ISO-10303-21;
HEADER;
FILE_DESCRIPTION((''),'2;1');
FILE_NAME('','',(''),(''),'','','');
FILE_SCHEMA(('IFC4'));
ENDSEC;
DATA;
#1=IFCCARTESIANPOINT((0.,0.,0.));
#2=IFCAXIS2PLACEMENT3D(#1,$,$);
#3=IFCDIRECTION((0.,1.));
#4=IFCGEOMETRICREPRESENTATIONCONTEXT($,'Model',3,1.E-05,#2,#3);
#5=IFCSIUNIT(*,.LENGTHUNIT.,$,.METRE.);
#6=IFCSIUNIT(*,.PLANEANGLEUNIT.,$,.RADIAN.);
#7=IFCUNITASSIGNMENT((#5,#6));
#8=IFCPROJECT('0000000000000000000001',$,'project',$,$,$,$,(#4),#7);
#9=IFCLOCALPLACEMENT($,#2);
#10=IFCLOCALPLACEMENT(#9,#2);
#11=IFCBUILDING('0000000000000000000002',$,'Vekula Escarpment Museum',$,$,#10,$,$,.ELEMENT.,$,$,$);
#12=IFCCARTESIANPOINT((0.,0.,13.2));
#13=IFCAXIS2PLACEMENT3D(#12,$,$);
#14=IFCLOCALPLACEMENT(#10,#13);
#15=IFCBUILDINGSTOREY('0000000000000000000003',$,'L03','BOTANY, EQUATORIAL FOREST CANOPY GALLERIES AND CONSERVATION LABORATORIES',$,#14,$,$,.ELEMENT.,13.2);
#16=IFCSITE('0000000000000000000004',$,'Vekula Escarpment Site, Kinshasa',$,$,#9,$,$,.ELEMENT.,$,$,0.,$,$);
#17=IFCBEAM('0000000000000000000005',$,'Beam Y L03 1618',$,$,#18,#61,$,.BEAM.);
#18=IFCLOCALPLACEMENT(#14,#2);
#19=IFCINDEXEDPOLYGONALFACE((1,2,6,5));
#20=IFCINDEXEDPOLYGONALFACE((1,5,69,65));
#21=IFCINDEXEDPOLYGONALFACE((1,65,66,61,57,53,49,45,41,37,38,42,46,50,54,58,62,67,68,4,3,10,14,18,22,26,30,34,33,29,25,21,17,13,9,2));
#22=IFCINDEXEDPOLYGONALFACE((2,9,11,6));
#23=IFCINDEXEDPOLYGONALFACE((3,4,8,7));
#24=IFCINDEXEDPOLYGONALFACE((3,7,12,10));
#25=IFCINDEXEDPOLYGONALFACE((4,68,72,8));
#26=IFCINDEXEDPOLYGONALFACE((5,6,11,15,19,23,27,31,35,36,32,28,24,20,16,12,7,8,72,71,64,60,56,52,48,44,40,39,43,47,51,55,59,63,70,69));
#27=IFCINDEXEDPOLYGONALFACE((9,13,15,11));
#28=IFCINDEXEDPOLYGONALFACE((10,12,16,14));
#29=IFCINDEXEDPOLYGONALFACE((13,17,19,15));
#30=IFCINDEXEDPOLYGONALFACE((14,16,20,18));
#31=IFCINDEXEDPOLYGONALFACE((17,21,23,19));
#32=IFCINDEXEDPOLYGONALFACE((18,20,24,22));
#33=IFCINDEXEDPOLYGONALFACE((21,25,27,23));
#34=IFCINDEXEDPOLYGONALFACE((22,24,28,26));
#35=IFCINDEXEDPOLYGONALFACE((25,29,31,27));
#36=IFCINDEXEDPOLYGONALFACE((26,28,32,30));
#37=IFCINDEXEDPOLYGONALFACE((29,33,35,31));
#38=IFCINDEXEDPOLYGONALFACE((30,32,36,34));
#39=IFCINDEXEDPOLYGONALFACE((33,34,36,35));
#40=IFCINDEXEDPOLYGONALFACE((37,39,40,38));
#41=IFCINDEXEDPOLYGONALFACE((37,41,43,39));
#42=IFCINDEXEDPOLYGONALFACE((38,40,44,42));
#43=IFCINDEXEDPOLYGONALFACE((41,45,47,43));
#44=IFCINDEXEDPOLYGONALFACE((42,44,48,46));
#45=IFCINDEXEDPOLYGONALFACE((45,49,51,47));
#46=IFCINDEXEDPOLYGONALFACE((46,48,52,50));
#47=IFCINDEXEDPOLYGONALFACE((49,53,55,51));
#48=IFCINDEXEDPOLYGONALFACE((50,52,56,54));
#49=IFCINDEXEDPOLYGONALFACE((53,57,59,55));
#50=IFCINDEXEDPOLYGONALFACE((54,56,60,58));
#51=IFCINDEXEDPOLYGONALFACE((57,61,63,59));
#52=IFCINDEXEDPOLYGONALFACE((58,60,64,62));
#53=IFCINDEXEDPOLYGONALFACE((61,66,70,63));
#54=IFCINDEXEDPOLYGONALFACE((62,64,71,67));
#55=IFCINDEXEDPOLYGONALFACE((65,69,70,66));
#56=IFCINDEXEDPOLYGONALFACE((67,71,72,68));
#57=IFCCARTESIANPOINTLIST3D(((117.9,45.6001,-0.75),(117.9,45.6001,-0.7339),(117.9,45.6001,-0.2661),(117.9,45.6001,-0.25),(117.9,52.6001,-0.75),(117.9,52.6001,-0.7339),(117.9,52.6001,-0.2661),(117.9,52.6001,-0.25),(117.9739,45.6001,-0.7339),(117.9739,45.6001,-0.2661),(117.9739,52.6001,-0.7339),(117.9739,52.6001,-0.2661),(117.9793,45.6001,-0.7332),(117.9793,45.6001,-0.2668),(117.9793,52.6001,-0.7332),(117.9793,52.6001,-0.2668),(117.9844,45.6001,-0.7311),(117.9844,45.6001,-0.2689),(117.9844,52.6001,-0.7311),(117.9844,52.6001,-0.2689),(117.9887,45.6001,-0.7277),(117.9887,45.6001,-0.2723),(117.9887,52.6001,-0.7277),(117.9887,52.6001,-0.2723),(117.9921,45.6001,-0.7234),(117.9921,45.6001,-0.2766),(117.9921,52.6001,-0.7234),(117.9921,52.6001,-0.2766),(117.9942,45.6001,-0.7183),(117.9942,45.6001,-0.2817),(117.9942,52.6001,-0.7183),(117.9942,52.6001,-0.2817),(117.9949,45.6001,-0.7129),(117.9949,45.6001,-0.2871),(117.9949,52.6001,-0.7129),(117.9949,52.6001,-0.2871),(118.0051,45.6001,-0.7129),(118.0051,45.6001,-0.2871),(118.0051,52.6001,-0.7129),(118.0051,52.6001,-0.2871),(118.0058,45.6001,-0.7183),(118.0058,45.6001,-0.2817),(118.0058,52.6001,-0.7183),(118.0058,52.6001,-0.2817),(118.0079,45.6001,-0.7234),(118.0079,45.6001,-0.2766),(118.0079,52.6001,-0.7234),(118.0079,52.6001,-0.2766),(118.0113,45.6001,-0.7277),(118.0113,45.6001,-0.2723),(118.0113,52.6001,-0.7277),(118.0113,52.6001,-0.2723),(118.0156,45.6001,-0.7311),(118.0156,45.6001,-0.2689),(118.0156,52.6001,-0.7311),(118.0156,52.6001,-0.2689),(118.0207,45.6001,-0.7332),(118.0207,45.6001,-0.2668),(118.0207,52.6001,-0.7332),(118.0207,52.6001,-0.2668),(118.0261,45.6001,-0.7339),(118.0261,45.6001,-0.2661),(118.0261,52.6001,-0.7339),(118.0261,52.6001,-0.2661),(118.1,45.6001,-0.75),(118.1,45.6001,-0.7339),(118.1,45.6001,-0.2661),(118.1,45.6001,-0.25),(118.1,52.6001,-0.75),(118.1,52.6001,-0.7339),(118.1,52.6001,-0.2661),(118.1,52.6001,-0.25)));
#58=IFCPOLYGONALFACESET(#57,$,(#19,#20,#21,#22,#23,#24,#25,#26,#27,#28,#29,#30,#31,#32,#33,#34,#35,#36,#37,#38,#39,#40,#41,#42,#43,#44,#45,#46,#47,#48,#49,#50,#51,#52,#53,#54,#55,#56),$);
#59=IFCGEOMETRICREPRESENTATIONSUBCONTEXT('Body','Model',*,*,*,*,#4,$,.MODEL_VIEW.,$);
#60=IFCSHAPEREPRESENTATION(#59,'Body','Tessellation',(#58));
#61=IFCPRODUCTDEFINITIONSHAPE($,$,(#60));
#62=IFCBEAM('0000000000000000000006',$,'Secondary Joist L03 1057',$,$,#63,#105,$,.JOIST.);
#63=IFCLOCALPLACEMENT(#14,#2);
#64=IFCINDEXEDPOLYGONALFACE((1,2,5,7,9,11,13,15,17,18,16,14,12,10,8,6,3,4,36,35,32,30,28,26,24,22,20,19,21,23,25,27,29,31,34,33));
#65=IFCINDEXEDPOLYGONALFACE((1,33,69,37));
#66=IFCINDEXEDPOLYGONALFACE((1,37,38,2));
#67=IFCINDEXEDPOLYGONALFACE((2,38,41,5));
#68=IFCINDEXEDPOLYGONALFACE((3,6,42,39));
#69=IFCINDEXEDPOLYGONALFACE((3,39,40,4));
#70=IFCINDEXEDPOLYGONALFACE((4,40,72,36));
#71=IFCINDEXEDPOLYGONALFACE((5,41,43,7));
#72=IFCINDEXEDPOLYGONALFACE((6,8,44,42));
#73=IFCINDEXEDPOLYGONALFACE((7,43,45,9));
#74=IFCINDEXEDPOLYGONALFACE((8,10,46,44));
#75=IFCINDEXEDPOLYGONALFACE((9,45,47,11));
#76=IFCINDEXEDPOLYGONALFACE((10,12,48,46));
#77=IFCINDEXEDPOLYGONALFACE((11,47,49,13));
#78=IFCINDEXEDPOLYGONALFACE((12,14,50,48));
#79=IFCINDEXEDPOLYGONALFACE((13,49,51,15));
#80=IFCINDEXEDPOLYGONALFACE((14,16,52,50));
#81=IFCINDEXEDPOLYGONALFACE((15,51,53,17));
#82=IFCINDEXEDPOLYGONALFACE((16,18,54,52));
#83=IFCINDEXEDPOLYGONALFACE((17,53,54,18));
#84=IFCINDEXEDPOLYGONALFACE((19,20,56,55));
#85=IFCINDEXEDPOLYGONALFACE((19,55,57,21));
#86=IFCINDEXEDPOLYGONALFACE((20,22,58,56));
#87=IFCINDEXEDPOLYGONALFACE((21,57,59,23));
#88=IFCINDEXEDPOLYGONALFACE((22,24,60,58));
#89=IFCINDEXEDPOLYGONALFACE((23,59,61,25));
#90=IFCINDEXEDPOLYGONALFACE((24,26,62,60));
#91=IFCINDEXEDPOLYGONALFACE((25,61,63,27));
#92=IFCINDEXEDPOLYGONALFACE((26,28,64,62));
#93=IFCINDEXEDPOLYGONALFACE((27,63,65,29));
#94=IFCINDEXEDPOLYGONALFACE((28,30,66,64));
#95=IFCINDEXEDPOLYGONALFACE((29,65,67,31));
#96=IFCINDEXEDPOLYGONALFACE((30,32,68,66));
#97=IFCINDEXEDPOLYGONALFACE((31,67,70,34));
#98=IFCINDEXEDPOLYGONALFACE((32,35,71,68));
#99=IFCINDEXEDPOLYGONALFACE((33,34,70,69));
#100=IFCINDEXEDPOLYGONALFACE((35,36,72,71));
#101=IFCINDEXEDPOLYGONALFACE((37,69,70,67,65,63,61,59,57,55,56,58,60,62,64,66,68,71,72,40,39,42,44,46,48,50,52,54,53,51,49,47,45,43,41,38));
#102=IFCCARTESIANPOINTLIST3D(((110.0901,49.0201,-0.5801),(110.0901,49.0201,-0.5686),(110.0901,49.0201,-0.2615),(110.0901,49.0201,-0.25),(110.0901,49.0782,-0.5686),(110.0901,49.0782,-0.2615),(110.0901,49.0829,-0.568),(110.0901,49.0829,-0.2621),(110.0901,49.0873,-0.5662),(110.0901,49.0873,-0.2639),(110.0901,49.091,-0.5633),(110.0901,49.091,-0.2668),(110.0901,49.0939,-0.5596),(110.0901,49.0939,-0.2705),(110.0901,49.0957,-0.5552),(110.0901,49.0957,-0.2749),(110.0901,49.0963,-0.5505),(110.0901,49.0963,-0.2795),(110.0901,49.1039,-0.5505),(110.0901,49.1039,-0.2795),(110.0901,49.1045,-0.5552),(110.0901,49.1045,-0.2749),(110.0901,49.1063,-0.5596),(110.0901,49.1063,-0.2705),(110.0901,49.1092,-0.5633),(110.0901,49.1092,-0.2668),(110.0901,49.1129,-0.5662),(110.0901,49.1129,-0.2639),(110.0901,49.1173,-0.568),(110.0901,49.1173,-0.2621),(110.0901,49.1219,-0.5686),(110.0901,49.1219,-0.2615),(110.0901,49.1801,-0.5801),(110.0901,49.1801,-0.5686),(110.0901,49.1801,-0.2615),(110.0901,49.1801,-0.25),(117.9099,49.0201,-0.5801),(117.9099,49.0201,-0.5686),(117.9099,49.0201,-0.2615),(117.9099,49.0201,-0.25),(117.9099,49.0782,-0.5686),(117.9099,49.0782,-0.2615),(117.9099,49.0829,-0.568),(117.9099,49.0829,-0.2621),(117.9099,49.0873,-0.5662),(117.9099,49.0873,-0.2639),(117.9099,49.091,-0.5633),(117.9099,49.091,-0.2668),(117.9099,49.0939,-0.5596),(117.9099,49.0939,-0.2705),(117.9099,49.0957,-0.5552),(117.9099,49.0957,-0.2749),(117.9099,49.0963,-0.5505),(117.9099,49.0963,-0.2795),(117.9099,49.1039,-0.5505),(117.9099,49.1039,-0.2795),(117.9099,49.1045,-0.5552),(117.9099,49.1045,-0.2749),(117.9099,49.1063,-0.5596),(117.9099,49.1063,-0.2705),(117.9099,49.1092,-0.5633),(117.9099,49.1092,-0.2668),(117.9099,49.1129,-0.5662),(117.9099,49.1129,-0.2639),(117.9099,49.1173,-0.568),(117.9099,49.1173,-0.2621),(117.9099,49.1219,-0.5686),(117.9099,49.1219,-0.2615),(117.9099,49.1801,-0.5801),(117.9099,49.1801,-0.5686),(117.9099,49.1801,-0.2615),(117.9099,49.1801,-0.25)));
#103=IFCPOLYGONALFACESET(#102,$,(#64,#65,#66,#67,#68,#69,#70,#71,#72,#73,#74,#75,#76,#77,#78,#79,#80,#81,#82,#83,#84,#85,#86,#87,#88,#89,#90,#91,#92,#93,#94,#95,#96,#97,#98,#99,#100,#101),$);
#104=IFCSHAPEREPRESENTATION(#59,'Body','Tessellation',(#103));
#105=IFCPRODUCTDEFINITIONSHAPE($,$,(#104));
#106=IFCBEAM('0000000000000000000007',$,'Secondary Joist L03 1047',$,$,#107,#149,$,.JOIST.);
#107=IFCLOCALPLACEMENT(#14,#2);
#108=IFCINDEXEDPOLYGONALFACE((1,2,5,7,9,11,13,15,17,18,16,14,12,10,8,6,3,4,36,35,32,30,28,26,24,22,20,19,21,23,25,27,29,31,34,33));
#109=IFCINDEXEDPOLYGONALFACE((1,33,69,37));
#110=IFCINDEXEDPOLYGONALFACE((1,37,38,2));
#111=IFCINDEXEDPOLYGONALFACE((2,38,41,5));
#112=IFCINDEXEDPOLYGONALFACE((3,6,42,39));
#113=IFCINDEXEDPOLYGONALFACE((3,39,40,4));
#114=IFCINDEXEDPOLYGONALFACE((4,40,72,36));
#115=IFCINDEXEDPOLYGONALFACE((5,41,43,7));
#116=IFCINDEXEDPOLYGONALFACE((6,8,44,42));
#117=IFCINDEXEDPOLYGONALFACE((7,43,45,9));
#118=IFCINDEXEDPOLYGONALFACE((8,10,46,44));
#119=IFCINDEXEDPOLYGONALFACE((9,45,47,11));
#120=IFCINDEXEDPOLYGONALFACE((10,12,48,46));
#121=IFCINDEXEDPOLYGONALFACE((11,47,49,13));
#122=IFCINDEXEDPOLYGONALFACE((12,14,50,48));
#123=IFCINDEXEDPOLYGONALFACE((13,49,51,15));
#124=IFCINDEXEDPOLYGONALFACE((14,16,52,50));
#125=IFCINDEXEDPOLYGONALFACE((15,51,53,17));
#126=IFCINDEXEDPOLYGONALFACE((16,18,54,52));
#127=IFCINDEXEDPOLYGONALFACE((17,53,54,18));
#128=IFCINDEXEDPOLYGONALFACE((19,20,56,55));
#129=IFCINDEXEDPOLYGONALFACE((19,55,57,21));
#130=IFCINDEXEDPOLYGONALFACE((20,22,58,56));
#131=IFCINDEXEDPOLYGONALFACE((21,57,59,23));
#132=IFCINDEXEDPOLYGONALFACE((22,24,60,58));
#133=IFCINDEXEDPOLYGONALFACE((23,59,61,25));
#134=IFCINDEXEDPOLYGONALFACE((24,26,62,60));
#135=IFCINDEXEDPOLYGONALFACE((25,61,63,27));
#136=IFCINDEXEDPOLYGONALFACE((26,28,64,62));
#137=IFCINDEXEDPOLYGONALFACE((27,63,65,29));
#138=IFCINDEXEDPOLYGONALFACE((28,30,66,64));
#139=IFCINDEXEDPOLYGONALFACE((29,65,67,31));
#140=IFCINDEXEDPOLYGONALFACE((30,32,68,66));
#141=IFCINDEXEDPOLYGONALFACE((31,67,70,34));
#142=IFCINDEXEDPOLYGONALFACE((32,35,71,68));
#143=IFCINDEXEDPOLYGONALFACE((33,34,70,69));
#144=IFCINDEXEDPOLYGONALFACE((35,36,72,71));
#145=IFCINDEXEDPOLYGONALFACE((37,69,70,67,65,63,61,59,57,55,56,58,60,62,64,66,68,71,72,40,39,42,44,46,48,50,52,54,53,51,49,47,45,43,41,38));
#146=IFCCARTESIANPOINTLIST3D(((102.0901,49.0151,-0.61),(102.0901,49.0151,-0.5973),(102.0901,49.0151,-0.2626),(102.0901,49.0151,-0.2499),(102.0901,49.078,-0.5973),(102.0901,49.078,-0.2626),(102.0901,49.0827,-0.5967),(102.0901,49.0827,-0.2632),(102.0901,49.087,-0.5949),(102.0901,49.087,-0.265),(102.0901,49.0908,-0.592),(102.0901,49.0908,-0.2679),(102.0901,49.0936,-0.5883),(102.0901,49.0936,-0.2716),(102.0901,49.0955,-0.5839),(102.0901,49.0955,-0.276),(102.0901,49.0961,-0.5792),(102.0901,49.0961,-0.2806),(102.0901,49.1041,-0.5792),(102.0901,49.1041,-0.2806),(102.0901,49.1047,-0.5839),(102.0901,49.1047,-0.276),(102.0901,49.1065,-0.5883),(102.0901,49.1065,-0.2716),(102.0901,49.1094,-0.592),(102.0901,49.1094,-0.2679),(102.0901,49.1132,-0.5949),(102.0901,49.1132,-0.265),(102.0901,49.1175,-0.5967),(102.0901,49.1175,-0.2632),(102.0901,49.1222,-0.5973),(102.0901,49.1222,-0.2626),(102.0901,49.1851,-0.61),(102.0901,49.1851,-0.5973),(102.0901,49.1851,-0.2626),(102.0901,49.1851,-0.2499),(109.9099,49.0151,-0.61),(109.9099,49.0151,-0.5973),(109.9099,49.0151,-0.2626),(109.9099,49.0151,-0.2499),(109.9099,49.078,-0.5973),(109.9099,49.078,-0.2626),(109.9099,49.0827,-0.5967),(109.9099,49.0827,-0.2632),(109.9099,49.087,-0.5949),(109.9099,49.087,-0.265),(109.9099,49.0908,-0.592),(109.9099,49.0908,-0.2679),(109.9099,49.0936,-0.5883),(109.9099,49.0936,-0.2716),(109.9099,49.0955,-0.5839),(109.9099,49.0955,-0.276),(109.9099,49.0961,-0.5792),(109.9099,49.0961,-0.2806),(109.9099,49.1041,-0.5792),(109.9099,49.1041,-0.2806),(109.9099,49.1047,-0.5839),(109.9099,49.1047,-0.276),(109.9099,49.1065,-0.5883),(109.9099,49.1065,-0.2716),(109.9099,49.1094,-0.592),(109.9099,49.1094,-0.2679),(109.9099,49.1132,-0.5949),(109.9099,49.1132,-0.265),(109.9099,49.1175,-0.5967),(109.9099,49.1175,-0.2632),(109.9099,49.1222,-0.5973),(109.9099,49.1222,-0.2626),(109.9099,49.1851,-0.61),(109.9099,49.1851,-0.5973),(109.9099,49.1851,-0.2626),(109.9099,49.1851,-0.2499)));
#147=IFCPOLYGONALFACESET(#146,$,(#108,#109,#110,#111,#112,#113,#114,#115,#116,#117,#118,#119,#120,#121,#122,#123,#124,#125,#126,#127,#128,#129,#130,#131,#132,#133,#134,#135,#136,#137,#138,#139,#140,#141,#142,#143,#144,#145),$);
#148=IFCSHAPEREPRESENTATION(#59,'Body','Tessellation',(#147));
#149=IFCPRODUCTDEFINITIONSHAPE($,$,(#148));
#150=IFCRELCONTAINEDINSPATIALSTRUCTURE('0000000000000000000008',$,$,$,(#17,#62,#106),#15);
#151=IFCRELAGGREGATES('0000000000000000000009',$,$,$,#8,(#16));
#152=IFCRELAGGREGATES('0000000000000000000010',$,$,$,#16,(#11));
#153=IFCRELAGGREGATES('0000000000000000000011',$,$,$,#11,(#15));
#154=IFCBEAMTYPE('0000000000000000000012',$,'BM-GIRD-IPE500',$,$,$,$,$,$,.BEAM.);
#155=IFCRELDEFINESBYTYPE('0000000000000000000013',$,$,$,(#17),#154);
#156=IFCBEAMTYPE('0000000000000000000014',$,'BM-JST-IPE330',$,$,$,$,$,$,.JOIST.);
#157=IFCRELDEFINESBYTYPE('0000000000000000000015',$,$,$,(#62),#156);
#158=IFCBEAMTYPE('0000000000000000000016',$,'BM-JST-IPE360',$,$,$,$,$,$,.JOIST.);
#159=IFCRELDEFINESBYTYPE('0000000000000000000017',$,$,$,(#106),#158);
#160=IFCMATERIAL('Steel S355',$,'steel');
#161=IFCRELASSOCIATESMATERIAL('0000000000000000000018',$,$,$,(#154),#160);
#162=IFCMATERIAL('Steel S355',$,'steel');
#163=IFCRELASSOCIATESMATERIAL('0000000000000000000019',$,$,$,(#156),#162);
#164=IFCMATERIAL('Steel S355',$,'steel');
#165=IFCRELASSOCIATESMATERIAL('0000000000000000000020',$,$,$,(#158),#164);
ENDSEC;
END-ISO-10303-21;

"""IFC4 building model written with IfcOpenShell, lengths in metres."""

from ifc_helpers import new_model, si_unit, direction, frame, origin, origin_2d, place, context, subcontext, project, spatial, i_section, extrude, material, material_profile, profile_set, type_object, element, save


model = new_model("IFC4")

# Units and contexts
model_context = context("Model", 3, precision=1e-05, world=origin(), true_north=direction((0.0, 1.0)))
body_context = subcontext(model_context, "Body", "Model", "MODEL_VIEW")
ifc_project = project(units=[si_unit("LENGTHUNIT", "METRE"), si_unit("PLANEANGLEUNIT", "RADIAN")], contexts=[model_context])

# Site, building, storey
site_placement = place(None, origin())
site = spatial("IfcSite", under=ifc_project, at=site_placement, Name="Vekula Escarpment Site, Kinshasa", CompositionType="ELEMENT", RefElevation=0.0)
building_placement = place(site_placement, origin())
building = spatial("IfcBuilding", under=site, at=building_placement, Name="Vekula Escarpment Museum", CompositionType="ELEMENT")
storey_placement = place(building_placement, frame((0.0, 0.0, 13.2)))
storey = spatial("IfcBuildingStorey", under=building, at=storey_placement, Name="L03", Description="BOTANY, EQUATORIAL FOREST CANOPY GALLERIES AND CONSERVATION LABORATORIES", CompositionType="ELEMENT", Elevation=13.2)

# Beams
ifc_material_1 = material(Name="Steel S355", Category="steel")
ifc_material_profile_1 = material_profile(ifc_material_1, i_section(OverallWidth=0.2, OverallDepth=0.5, WebThickness=0.0103, FlangeThickness=0.0161, FilletRadius=0.021, at=origin_2d()), Name="IPE 500")
ifc_profile_set_1 = profile_set([ifc_material_profile_1], Name="Steel S355")
beam_type_1 = type_object("IfcBeamType", Name="BM-GIRD-IPE500", PredefinedType="BEAM", material=ifc_profile_set_1)
beam_1_placement = place(storey_placement, frame((118.0, 45.6001, -0.5), z_axis=(0.0, 1.0, 0.0), x_axis=(-1.0, 0.0, 0.0)))
element("IfcBeam", 1, at=beam_1_placement, inside=storey, type_object=beam_type_1, Name="Beam Y L03 1618", PredefinedType="BEAM", context=body_context, shape_type="SweptSolid", body=[
    extrude(i_section(OverallWidth=0.2, OverallDepth=0.5, WebThickness=0.0103, FlangeThickness=0.0161, FilletRadius=0.021, at=origin_2d()), origin(), (0.0, 0.0, 1.0), 7.0),
])
ifc_material_2 = material(Name="Steel S355", Category="steel")
ifc_material_profile_2 = material_profile(ifc_material_2, i_section(OverallWidth=0.1599, OverallDepth=0.3301, WebThickness=0.0076, FlangeThickness=0.0115, FilletRadius=0.0181, at=origin_2d()), Name="IPE 330")
ifc_profile_set_2 = profile_set([ifc_material_profile_2], Name="Steel S355")
beam_type_2 = type_object("IfcBeamType", Name="BM-JST-IPE330", PredefinedType="JOIST", material=ifc_profile_set_2)
beam_2_placement = place(storey_placement, frame((110.0901, 49.1001, -0.415), z_axis=(1.0, 0.0, 0.0), x_axis=(0.0, 1.0, 0.0)))
element("IfcBeam", 2, at=beam_2_placement, inside=storey, type_object=beam_type_2, Name="Secondary Joist L03 1057", PredefinedType="JOIST", context=body_context, shape_type="SweptSolid", body=[
    extrude(i_section(OverallWidth=0.1599, OverallDepth=0.3301, WebThickness=0.0076, FlangeThickness=0.0115, FilletRadius=0.0181, at=origin_2d()), origin(), (0.0, 0.0, 1.0), 7.8198),
])
ifc_material_3 = material(Name="Steel S355", Category="steel")
ifc_material_profile_3 = material_profile(ifc_material_3, i_section(OverallWidth=0.1699, OverallDepth=0.3601, WebThickness=0.0081, FlangeThickness=0.0127, FilletRadius=0.0181, at=origin_2d()), Name="IPE 360")
ifc_profile_set_3 = profile_set([ifc_material_profile_3], Name="Steel S355")
beam_type_3 = type_object("IfcBeamType", Name="BM-JST-IPE360", PredefinedType="JOIST", material=ifc_profile_set_3)
beam_3_placement = place(storey_placement, frame((102.0901, 49.1001, -0.4299), z_axis=(1.0, 0.0, 0.0), x_axis=(0.0, 1.0, 0.0)))
element("IfcBeam", 3, at=beam_3_placement, inside=storey, type_object=beam_type_3, Name="Secondary Joist L03 1047", PredefinedType="JOIST", context=body_context, shape_type="SweptSolid", body=[
    extrude(i_section(OverallWidth=0.1699, OverallDepth=0.3601, WebThickness=0.0081, FlangeThickness=0.0127, FilletRadius=0.0181, at=origin_2d()), origin(), (0.0, 0.0, 1.0), 7.8198),
])

save(model, "model.ifc")
